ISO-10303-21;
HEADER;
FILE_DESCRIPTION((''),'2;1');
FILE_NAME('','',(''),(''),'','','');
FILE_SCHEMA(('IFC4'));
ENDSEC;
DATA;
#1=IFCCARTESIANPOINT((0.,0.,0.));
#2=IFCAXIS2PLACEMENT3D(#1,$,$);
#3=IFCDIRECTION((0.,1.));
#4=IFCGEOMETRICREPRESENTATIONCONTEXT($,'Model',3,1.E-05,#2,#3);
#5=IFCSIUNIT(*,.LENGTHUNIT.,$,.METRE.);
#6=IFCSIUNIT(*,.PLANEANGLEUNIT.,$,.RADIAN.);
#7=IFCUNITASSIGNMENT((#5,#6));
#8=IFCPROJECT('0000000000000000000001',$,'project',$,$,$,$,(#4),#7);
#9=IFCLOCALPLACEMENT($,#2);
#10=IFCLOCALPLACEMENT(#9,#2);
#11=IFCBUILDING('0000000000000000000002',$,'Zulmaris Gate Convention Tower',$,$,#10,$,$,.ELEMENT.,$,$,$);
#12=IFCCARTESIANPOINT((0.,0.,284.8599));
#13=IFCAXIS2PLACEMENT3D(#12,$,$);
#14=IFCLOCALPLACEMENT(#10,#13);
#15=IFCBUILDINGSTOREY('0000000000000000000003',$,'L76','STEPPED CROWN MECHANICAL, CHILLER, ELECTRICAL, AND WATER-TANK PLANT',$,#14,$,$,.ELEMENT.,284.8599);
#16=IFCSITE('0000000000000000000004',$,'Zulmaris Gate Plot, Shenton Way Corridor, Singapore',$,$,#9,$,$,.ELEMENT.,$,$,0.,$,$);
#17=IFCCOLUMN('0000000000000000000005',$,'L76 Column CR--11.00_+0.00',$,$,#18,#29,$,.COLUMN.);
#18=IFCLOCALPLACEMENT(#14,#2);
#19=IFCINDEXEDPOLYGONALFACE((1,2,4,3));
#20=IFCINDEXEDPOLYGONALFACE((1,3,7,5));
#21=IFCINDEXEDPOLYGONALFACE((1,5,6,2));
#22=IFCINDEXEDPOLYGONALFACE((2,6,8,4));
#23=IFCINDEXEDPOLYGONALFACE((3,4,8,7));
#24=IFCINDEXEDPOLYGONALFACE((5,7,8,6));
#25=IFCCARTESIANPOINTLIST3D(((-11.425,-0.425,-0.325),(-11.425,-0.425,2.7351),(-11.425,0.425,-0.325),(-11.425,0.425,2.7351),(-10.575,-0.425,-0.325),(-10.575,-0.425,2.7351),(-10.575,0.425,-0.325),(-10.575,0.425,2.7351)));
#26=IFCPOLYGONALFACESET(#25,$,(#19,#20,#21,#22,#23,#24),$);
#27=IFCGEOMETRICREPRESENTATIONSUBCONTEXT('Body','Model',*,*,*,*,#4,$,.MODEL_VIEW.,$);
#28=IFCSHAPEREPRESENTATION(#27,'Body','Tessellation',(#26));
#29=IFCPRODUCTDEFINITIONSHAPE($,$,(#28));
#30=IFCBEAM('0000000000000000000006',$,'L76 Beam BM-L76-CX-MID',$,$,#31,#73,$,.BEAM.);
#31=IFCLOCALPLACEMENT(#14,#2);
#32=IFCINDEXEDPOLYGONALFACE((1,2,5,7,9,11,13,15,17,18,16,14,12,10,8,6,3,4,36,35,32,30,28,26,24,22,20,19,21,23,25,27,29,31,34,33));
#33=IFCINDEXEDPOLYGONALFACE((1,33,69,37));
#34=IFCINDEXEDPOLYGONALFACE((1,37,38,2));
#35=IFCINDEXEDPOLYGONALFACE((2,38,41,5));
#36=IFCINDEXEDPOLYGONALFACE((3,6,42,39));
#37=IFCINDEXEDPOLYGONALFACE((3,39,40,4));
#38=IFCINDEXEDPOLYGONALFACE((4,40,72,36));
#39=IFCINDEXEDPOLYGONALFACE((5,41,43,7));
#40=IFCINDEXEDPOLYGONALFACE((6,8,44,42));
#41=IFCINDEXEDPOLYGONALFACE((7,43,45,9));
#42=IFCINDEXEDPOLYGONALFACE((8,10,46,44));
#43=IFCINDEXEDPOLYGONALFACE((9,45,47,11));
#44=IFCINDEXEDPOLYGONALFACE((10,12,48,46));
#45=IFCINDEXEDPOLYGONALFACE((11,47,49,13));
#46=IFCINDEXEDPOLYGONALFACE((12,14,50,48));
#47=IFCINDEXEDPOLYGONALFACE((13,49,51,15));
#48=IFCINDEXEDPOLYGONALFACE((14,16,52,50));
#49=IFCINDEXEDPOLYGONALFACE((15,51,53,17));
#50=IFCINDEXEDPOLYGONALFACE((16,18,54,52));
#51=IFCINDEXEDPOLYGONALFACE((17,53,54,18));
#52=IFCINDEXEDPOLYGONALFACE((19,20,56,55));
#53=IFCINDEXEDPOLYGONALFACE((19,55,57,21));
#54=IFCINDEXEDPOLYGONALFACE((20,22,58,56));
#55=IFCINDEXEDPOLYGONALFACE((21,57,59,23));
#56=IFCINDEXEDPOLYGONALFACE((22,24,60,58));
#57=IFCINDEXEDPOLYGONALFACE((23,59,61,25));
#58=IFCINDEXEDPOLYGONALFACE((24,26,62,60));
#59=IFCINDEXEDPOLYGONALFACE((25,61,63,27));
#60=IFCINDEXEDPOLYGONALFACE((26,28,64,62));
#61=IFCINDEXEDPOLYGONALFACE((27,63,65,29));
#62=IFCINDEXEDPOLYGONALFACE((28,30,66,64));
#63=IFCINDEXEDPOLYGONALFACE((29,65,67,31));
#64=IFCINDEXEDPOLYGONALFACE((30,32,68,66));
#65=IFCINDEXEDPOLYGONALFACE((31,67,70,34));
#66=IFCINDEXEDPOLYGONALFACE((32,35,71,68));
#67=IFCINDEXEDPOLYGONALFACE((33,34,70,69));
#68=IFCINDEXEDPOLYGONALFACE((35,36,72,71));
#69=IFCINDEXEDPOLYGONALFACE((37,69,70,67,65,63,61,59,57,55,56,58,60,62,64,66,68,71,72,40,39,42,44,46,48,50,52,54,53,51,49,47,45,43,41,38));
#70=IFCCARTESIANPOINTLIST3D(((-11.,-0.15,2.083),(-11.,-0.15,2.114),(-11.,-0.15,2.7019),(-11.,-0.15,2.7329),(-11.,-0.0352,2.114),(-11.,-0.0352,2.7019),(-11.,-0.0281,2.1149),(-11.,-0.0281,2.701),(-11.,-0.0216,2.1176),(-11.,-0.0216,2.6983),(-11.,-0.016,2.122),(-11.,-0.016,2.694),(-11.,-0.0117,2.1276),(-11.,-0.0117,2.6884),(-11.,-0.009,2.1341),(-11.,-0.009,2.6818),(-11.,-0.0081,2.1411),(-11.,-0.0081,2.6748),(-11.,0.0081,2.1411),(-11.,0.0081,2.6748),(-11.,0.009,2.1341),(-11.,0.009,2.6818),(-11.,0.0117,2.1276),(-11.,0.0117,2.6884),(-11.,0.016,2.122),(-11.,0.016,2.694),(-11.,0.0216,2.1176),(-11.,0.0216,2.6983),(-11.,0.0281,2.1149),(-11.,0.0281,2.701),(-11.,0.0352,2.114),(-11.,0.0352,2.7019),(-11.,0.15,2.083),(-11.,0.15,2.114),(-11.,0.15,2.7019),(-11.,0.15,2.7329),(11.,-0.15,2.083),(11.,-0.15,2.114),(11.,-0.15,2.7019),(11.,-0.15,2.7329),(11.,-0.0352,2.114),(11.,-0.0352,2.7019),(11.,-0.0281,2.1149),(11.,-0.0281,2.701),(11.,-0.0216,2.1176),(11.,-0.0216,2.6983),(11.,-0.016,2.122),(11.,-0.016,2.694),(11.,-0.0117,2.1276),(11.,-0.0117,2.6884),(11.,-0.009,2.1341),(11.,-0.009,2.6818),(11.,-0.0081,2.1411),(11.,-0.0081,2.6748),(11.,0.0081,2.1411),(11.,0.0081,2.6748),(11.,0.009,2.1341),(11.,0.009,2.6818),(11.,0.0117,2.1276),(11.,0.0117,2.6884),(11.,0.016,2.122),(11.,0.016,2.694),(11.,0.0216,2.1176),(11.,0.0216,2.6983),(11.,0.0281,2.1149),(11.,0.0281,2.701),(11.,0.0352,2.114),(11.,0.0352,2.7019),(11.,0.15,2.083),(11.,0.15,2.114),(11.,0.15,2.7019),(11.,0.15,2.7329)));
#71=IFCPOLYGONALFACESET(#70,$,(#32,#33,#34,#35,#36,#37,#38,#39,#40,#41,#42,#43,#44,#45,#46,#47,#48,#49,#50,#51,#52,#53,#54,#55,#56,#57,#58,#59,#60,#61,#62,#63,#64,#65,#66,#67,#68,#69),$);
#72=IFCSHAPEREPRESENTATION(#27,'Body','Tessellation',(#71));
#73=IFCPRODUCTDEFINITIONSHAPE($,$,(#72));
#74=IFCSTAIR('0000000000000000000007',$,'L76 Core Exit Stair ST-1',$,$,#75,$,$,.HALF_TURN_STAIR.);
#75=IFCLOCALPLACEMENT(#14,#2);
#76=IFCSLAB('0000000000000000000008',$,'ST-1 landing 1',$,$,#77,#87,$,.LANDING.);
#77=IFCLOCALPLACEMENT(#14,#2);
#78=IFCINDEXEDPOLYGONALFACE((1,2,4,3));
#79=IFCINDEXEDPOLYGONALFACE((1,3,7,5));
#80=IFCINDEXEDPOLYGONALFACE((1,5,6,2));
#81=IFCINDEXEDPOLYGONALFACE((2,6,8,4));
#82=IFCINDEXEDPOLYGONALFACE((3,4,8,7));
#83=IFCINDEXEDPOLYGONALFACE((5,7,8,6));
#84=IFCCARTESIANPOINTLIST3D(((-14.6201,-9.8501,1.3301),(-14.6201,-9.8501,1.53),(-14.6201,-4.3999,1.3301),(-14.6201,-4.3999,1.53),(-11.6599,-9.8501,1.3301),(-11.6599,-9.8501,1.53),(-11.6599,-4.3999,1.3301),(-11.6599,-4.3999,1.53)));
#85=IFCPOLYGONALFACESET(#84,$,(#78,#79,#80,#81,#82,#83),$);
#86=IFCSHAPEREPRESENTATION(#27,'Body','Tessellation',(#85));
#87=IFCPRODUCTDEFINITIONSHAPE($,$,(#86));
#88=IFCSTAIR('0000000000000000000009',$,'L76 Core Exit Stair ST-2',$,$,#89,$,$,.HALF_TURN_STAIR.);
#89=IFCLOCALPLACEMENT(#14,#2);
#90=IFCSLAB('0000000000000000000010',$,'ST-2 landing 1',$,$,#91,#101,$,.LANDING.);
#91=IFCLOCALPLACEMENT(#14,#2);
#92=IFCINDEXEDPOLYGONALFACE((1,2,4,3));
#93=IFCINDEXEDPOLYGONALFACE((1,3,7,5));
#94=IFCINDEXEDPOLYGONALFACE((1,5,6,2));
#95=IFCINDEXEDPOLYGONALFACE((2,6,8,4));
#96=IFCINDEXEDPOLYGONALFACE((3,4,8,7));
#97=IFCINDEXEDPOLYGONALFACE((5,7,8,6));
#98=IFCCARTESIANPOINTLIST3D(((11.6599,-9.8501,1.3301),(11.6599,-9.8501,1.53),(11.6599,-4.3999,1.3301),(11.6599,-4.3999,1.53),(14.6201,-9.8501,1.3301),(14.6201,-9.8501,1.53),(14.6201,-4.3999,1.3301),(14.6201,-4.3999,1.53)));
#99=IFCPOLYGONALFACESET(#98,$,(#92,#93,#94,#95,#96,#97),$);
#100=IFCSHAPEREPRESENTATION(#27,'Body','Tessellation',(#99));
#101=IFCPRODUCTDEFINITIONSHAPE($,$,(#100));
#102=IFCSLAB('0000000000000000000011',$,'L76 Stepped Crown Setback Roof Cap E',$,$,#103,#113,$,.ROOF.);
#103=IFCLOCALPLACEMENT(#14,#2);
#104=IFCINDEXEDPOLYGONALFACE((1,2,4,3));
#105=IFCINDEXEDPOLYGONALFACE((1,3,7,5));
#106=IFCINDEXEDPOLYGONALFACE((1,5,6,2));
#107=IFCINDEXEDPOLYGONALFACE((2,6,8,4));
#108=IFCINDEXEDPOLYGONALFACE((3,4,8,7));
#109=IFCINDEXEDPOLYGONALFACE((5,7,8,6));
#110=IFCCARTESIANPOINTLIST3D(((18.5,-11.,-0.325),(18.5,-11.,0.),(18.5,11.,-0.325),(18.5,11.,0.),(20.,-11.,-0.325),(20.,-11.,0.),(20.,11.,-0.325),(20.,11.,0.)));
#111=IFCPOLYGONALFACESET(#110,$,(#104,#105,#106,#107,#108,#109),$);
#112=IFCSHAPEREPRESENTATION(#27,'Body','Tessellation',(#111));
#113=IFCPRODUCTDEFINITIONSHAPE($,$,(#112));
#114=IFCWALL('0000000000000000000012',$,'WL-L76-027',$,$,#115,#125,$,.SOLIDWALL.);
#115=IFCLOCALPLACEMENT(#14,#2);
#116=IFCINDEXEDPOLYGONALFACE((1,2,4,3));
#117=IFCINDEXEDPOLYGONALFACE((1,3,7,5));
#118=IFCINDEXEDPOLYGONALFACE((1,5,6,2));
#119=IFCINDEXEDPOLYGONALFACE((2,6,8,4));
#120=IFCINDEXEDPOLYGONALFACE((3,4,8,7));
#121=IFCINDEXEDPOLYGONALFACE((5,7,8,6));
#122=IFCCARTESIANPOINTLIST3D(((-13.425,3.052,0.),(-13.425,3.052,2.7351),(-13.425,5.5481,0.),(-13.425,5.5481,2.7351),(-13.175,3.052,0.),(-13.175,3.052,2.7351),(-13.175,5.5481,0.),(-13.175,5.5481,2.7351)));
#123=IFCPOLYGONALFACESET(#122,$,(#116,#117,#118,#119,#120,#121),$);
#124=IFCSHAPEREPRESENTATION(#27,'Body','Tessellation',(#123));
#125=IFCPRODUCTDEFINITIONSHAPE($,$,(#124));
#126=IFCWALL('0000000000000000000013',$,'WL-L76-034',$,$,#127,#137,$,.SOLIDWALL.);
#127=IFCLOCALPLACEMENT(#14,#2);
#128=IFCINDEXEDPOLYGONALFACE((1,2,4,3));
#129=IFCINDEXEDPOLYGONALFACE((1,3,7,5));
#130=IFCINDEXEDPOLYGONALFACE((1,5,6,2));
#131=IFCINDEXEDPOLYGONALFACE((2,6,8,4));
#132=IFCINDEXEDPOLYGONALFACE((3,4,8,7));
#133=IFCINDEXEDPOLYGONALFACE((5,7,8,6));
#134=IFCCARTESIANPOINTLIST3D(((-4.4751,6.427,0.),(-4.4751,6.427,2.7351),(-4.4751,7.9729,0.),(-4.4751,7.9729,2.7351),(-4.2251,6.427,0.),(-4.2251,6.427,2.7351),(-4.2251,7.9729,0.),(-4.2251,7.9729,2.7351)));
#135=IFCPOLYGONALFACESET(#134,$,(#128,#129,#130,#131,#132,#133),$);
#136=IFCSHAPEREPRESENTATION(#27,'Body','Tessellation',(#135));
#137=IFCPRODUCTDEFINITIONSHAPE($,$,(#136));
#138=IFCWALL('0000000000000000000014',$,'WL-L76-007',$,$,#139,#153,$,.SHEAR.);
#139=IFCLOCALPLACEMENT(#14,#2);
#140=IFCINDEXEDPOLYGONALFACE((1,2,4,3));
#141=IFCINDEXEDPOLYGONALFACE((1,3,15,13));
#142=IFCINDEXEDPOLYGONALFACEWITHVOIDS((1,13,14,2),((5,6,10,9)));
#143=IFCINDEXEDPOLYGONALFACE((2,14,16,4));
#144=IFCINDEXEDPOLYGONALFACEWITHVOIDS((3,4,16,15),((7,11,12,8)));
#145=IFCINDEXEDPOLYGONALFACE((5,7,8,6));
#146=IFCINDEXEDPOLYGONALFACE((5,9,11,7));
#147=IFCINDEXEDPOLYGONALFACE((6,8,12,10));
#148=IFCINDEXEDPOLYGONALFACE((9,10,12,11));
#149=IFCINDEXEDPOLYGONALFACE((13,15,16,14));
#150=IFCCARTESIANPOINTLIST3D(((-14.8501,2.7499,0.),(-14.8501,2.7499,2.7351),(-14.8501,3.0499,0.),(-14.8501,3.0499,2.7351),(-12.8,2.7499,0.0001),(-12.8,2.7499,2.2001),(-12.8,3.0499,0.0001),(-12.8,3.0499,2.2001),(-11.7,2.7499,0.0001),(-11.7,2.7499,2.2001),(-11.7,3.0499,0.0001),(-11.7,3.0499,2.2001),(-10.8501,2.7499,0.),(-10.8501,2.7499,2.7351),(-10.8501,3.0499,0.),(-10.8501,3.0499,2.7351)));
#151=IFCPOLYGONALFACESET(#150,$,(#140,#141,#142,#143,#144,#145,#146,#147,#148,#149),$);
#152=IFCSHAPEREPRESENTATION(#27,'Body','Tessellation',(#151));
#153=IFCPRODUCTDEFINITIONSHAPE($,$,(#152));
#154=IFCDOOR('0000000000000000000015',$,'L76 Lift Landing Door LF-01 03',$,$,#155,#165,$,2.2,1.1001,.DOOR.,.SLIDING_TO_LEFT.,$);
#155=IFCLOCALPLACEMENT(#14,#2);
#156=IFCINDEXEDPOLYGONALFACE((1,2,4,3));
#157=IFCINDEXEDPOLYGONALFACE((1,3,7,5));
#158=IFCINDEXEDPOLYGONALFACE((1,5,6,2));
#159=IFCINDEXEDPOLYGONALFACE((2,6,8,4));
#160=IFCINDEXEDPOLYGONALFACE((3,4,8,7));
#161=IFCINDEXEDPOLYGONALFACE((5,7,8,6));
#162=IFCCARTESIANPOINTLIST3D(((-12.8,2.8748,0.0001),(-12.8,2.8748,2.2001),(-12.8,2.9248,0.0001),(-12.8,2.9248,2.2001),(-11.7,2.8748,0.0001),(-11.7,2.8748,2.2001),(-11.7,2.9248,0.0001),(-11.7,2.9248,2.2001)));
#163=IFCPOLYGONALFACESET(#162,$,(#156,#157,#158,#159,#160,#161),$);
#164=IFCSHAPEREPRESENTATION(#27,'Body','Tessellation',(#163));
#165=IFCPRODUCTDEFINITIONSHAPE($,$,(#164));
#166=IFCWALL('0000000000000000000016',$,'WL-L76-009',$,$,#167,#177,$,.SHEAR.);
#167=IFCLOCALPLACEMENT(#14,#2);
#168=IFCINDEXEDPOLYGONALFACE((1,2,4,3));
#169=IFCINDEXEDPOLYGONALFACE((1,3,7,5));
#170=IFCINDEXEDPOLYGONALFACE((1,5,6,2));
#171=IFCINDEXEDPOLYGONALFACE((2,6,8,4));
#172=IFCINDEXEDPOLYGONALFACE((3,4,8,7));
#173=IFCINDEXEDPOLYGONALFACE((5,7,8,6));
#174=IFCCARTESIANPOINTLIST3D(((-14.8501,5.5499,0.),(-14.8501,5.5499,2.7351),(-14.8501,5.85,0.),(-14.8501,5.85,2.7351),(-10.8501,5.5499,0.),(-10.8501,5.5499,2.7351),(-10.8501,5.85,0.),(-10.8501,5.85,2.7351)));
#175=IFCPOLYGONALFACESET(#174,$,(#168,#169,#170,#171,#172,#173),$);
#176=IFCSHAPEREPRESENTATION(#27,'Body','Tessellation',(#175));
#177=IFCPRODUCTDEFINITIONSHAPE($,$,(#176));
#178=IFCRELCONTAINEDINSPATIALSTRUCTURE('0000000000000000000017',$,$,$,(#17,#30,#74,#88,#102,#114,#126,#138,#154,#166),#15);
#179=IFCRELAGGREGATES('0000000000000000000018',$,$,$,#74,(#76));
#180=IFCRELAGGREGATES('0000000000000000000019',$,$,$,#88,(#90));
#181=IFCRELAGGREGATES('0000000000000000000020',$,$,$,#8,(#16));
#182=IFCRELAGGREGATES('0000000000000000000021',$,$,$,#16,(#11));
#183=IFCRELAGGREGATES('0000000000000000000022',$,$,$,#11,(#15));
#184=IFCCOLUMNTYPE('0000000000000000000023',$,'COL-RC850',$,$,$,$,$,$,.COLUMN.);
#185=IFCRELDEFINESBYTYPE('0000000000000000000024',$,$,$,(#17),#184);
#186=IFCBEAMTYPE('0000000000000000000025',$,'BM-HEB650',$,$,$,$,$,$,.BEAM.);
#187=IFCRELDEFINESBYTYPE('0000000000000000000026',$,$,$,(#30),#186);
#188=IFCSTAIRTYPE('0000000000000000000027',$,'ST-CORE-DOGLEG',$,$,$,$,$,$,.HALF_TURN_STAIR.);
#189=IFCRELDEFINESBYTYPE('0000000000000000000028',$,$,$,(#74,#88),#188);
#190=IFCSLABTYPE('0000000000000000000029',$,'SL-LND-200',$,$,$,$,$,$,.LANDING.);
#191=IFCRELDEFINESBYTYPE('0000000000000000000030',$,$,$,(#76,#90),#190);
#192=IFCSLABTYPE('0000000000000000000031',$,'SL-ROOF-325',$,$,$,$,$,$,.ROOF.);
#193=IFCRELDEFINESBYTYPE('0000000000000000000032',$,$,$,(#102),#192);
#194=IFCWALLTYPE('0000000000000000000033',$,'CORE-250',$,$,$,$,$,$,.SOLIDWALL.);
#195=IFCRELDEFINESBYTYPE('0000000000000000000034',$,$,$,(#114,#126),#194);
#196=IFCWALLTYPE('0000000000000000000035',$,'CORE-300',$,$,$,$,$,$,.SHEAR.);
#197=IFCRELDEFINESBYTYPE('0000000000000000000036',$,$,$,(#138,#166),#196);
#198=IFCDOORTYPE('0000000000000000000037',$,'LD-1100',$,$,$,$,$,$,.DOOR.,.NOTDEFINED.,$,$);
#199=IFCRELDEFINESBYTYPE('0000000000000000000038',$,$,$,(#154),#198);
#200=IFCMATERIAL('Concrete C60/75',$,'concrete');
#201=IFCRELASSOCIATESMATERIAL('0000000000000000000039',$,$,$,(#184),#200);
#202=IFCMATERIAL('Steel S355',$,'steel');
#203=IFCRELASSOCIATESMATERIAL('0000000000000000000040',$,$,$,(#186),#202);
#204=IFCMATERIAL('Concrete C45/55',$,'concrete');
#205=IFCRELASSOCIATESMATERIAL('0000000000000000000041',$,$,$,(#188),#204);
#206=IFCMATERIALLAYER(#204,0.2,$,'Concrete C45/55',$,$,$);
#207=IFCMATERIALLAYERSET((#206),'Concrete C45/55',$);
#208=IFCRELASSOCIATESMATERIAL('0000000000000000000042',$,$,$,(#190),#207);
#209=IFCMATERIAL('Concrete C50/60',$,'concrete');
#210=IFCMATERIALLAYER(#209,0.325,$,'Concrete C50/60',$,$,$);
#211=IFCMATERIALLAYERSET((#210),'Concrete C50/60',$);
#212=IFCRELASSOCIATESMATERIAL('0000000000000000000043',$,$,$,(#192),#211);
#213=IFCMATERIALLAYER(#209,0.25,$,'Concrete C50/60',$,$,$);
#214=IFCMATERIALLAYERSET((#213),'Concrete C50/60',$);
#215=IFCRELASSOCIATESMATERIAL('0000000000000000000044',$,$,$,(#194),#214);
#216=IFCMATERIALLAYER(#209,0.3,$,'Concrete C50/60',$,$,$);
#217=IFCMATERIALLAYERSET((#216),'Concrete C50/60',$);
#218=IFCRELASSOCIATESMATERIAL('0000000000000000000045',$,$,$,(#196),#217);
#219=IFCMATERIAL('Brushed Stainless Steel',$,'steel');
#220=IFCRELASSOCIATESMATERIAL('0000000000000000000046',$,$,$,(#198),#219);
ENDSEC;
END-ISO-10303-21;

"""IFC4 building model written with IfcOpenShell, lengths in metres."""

from ifc_helpers import new_model, si_unit, direction, frame, frame_2d, origin, origin_2d, place, context, subcontext, project, spatial, polyline, rectangle, i_section, outline, extrude, material, layer, layer_set, material_profile, profile_set, type_object, element, fill, aggregate, save


model = new_model("IFC4")

# Units and contexts
model_context = context("Model", 3, precision=1e-05, world=origin(), true_north=direction((0.0, 1.0)))
body_context = subcontext(model_context, "Body", "Model", "MODEL_VIEW")
ifc_project = project(units=[si_unit("LENGTHUNIT", "METRE"), si_unit("PLANEANGLEUNIT", "RADIAN")], contexts=[model_context])

# Site, building, storey
site_placement = place(None, origin())
site = spatial("IfcSite", under=ifc_project, at=site_placement, Name="Zulmaris Gate Plot, Shenton Way Corridor, Singapore", CompositionType="ELEMENT", RefElevation=0.0)
building_placement = place(site_placement, origin())
building = spatial("IfcBuilding", under=site, at=building_placement, Name="Zulmaris Gate Convention Tower", CompositionType="ELEMENT")
storey_placement = place(building_placement, frame((0.0, 0.0, 284.8599)))
storey = spatial("IfcBuildingStorey", under=building, at=storey_placement, Name="L76", Description="STEPPED CROWN MECHANICAL, CHILLER, ELECTRICAL, AND WATER-TANK PLANT", CompositionType="ELEMENT", Elevation=284.8599)

# Column
ifc_material_1 = material(Name="Concrete C60/75", Category="concrete")
ifc_material_profile_1 = material_profile(ifc_material_1, rectangle(XDim=0.8501, YDim=0.8501, at=origin_2d()), Name="RC COL 850x850")
ifc_profile_set_1 = profile_set([ifc_material_profile_1], Name="Concrete C60/75")
column_type = type_object("IfcColumnType", Name="COL-RC850", PredefinedType="COLUMN", material=ifc_profile_set_1)
column_placement = place(storey_placement, frame((-11.0, 0.0, -0.325), z_axis=(0.0, 0.0, 1.0), x_axis=(1.0, 0.0, 0.0)))
element("IfcColumn", 1, at=column_placement, inside=storey, type_object=column_type, Name="L76 Column CR--11.00_+0.00", PredefinedType="COLUMN", context=body_context, shape_type="SweptSolid", body=[
    extrude(rectangle(XDim=0.8501, YDim=0.8501, at=origin_2d()), origin(), (0.0, 0.0, 1.0), 3.0601),
])

# Beam
ifc_material_2 = material(Name="Steel S355", Category="steel")
ifc_material_profile_2 = material_profile(ifc_material_2, i_section(OverallWidth=0.3, OverallDepth=0.6499, WebThickness=0.0161, FlangeThickness=0.031, FilletRadius=0.0271, at=origin_2d()), Name="HEB 650")
ifc_profile_set_2 = profile_set([ifc_material_profile_2], Name="Steel S355")
beam_type = type_object("IfcBeamType", Name="BM-HEB650", PredefinedType="BEAM", material=ifc_profile_set_2)
beam_placement = place(storey_placement, frame((-11.0, 0.0, 2.408), z_axis=(1.0, 0.0, 0.0), x_axis=(0.0, 1.0, 0.0)))
element("IfcBeam", 2, at=beam_placement, inside=storey, type_object=beam_type, Name="L76 Beam BM-L76-CX-MID", PredefinedType="BEAM", context=body_context, shape_type="SweptSolid", body=[
    extrude(i_section(OverallWidth=0.3, OverallDepth=0.6499, WebThickness=0.0161, FlangeThickness=0.031, FilletRadius=0.0271, at=origin_2d()), origin(), (0.0, 0.0, 1.0), 22.0),
])

# Stairs, slabs
ifc_material_3 = material(Name="Concrete C45/55", Category="concrete")
stair_type_1 = type_object("IfcStairType", Name="ST-CORE-DOGLEG", PredefinedType="HALF_TURN_STAIR", material=ifc_material_3)
stair_1_placement = place(storey_placement, origin())
stair_1 = element("IfcStair", 3, at=stair_1_placement, inside=storey, type_object=stair_type_1, Name="L76 Core Exit Stair ST-1", PredefinedType="HALF_TURN_STAIR")
ifc_layer_1 = layer(ifc_material_3, 0.2, Name="Concrete C45/55")
ifc_layer_set_1 = layer_set([ifc_layer_1], Name="Concrete C45/55")
slab_type_1 = type_object("IfcSlabType", Name="SL-LND-200", PredefinedType="LANDING", material=ifc_layer_set_1)
slab_1_placement = place(storey_placement, frame((0.0, 0.0, 1.3301)))
slab_1 = element("IfcSlab", 4, at=slab_1_placement, type_object=slab_type_1, Name="ST-1 landing 1", PredefinedType="LANDING", context=body_context, shape_type="SweptSolid", body=[
    extrude(outline(polyline([(-14.6201, -4.3999), (-14.6201, -9.8501), (-11.6599, -9.8501), (-11.6599, -4.3999), (-14.6201, -4.3999)])), origin(), (0.0, 0.0, 1.0), 0.2),
])
aggregate(stair_1, [slab_1])
stair_2_placement = place(storey_placement, origin())
stair_2 = element("IfcStair", 5, at=stair_2_placement, inside=storey, type_object=stair_type_1, Name="L76 Core Exit Stair ST-2", PredefinedType="HALF_TURN_STAIR")
slab_2_placement = place(storey_placement, frame((0.0, 0.0, 1.3301)))
slab_2 = element("IfcSlab", 6, at=slab_2_placement, type_object=slab_type_1, Name="ST-2 landing 1", PredefinedType="LANDING", context=body_context, shape_type="SweptSolid", body=[
    extrude(outline(polyline([(11.6599, -4.3999), (11.6599, -9.8501), (14.6201, -9.8501), (14.6201, -4.3999), (11.6599, -4.3999)])), origin(), (0.0, 0.0, 1.0), 0.2),
])
aggregate(stair_2, [slab_2])

# Slab
ifc_material_4 = material(Name="Concrete C50/60", Category="concrete")
ifc_layer_2 = layer(ifc_material_4, 0.325, Name="Concrete C50/60")
ifc_layer_set_2 = layer_set([ifc_layer_2], Name="Concrete C50/60")
slab_type_2 = type_object("IfcSlabType", Name="SL-ROOF-325", PredefinedType="ROOF", material=ifc_layer_set_2)
slab_3_placement = place(storey_placement, frame((0.0, 0.0, -0.325)))
element("IfcSlab", 7, at=slab_3_placement, inside=storey, type_object=slab_type_2, Name="L76 Stepped Crown Setback Roof Cap E", PredefinedType="ROOF", context=body_context, shape_type="SweptSolid", body=[
    extrude(outline(polyline([(18.5, -11.0), (20.0, -11.0), (20.0, 11.0), (18.5, 11.0), (18.5, -11.0)])), origin(), (0.0, 0.0, 1.0), 0.325),
])

# Shared definitions
ifc_layer_3 = layer(ifc_material_4, 0.25, Name="Concrete C50/60")
ifc_layer_set_3 = layer_set([ifc_layer_3], Name="Concrete C50/60")
wall_type_1 = type_object("IfcWallType", Name="CORE-250", PredefinedType="SOLIDWALL", material=ifc_layer_set_3)

# Walls
wall_1_placement = place(storey_placement, frame((-13.3, 3.052, 0.0), z_axis=(0.0, 0.0, 1.0), x_axis=(0.0, 1.0, 0.0)))
element("IfcWall", 8, at=wall_1_placement, inside=storey, type_object=wall_type_1, Name="WL-L76-027", PredefinedType="SOLIDWALL", context=body_context, shape_type="SweptSolid", body=[
    extrude(rectangle(XDim=2.4961, YDim=0.25, at=frame_2d((1.248, 0.0))), origin(), (0.0, 0.0, 1.0), 2.7351),
])
wall_2_placement = place(storey_placement, frame((-4.3501, 6.427, 0.0), z_axis=(0.0, 0.0, 1.0), x_axis=(0.0, 1.0, 0.0)))
element("IfcWall", 9, at=wall_2_placement, inside=storey, type_object=wall_type_1, Name="WL-L76-034", PredefinedType="SOLIDWALL", context=body_context, shape_type="SweptSolid", body=[
    extrude(rectangle(XDim=1.5459, YDim=0.25, at=frame_2d((0.7729, 0.0))), origin(), (0.0, 0.0, 1.0), 2.7351),
])

# Wall, opening, door
ifc_layer_4 = layer(ifc_material_4, 0.3, Name="Concrete C50/60")
ifc_layer_set_4 = layer_set([ifc_layer_4], Name="Concrete C50/60")
wall_type_2 = type_object("IfcWallType", Name="CORE-300", PredefinedType="SHEAR", material=ifc_layer_set_4)
wall_3_placement = place(storey_placement, frame((-14.8501, 2.8999, 0.0), z_axis=(0.0, 0.0, 1.0), x_axis=(1.0, 0.0, 0.0)))
wall_3 = element("IfcWall", 10, at=wall_3_placement, inside=storey, type_object=wall_type_2, Name="WL-L76-007", PredefinedType="SHEAR", context=body_context, shape_type="SweptSolid", body=[
    extrude(rectangle(XDim=4.0, YDim=0.3, at=frame_2d((2.0, 0.0))), origin(), (0.0, 0.0, 1.0), 2.7351),
])
opening_1_placement = place(wall_3_placement, frame((2.05, 0.0, 0.0)))
opening_1 = element("IfcOpeningElement", 11, at=opening_1_placement, cuts=wall_3, PredefinedType="OPENING", context=body_context, shape_type="SweptSolid", body=[
    extrude(rectangle(XDim=1.1001, YDim=2.2, at=frame_2d((0.55, 1.1001))), frame((0.0, 0.1602, 0.0), z_axis=(0.0, -1.0, 0.0), x_axis=(1.0, 0.0, 0.0)), (0.0, 0.0, 1.0), 0.3201),
])
ifc_material_5 = material(Name="Brushed Stainless Steel", Category="steel")
door_type_1 = type_object("IfcDoorType", Name="LD-1100", OperationType="NOTDEFINED", PredefinedType="DOOR", material=ifc_material_5)
door_1_placement = place(opening_1_placement, origin())
door_1 = element("IfcDoor", 12, at=door_1_placement, inside=storey, type_object=door_type_1, Name="L76 Lift Landing Door LF-01 03", OperationType="SLIDING_TO_LEFT", OverallHeight=2.2, OverallWidth=1.1001, PredefinedType="DOOR", context=body_context, shape_type="SweptSolid", body=[
    extrude(rectangle(XDim=1.1001, YDim=2.2, at=frame_2d((0.55, 1.1001))), frame((0.0, 0.0249, 0.0), z_axis=(0.0, -1.0, 0.0), x_axis=(1.0, 0.0, 0.0)), (0.0, 0.0, 1.0), 0.05),
])
fill(opening_1, door_1)

# Wall
wall_4_placement = place(storey_placement, frame((-14.8501, 5.7, 0.0), z_axis=(0.0, 0.0, 1.0), x_axis=(1.0, 0.0, 0.0)))
element("IfcWall", 13, at=wall_4_placement, inside=storey, type_object=wall_type_2, Name="WL-L76-009", PredefinedType="SHEAR", context=body_context, shape_type="SweptSolid", body=[
    extrude(rectangle(XDim=4.0, YDim=0.3, at=frame_2d((2.0, 0.0))), origin(), (0.0, 0.0, 1.0), 2.7351),
])

save(model, "model.ifc")
